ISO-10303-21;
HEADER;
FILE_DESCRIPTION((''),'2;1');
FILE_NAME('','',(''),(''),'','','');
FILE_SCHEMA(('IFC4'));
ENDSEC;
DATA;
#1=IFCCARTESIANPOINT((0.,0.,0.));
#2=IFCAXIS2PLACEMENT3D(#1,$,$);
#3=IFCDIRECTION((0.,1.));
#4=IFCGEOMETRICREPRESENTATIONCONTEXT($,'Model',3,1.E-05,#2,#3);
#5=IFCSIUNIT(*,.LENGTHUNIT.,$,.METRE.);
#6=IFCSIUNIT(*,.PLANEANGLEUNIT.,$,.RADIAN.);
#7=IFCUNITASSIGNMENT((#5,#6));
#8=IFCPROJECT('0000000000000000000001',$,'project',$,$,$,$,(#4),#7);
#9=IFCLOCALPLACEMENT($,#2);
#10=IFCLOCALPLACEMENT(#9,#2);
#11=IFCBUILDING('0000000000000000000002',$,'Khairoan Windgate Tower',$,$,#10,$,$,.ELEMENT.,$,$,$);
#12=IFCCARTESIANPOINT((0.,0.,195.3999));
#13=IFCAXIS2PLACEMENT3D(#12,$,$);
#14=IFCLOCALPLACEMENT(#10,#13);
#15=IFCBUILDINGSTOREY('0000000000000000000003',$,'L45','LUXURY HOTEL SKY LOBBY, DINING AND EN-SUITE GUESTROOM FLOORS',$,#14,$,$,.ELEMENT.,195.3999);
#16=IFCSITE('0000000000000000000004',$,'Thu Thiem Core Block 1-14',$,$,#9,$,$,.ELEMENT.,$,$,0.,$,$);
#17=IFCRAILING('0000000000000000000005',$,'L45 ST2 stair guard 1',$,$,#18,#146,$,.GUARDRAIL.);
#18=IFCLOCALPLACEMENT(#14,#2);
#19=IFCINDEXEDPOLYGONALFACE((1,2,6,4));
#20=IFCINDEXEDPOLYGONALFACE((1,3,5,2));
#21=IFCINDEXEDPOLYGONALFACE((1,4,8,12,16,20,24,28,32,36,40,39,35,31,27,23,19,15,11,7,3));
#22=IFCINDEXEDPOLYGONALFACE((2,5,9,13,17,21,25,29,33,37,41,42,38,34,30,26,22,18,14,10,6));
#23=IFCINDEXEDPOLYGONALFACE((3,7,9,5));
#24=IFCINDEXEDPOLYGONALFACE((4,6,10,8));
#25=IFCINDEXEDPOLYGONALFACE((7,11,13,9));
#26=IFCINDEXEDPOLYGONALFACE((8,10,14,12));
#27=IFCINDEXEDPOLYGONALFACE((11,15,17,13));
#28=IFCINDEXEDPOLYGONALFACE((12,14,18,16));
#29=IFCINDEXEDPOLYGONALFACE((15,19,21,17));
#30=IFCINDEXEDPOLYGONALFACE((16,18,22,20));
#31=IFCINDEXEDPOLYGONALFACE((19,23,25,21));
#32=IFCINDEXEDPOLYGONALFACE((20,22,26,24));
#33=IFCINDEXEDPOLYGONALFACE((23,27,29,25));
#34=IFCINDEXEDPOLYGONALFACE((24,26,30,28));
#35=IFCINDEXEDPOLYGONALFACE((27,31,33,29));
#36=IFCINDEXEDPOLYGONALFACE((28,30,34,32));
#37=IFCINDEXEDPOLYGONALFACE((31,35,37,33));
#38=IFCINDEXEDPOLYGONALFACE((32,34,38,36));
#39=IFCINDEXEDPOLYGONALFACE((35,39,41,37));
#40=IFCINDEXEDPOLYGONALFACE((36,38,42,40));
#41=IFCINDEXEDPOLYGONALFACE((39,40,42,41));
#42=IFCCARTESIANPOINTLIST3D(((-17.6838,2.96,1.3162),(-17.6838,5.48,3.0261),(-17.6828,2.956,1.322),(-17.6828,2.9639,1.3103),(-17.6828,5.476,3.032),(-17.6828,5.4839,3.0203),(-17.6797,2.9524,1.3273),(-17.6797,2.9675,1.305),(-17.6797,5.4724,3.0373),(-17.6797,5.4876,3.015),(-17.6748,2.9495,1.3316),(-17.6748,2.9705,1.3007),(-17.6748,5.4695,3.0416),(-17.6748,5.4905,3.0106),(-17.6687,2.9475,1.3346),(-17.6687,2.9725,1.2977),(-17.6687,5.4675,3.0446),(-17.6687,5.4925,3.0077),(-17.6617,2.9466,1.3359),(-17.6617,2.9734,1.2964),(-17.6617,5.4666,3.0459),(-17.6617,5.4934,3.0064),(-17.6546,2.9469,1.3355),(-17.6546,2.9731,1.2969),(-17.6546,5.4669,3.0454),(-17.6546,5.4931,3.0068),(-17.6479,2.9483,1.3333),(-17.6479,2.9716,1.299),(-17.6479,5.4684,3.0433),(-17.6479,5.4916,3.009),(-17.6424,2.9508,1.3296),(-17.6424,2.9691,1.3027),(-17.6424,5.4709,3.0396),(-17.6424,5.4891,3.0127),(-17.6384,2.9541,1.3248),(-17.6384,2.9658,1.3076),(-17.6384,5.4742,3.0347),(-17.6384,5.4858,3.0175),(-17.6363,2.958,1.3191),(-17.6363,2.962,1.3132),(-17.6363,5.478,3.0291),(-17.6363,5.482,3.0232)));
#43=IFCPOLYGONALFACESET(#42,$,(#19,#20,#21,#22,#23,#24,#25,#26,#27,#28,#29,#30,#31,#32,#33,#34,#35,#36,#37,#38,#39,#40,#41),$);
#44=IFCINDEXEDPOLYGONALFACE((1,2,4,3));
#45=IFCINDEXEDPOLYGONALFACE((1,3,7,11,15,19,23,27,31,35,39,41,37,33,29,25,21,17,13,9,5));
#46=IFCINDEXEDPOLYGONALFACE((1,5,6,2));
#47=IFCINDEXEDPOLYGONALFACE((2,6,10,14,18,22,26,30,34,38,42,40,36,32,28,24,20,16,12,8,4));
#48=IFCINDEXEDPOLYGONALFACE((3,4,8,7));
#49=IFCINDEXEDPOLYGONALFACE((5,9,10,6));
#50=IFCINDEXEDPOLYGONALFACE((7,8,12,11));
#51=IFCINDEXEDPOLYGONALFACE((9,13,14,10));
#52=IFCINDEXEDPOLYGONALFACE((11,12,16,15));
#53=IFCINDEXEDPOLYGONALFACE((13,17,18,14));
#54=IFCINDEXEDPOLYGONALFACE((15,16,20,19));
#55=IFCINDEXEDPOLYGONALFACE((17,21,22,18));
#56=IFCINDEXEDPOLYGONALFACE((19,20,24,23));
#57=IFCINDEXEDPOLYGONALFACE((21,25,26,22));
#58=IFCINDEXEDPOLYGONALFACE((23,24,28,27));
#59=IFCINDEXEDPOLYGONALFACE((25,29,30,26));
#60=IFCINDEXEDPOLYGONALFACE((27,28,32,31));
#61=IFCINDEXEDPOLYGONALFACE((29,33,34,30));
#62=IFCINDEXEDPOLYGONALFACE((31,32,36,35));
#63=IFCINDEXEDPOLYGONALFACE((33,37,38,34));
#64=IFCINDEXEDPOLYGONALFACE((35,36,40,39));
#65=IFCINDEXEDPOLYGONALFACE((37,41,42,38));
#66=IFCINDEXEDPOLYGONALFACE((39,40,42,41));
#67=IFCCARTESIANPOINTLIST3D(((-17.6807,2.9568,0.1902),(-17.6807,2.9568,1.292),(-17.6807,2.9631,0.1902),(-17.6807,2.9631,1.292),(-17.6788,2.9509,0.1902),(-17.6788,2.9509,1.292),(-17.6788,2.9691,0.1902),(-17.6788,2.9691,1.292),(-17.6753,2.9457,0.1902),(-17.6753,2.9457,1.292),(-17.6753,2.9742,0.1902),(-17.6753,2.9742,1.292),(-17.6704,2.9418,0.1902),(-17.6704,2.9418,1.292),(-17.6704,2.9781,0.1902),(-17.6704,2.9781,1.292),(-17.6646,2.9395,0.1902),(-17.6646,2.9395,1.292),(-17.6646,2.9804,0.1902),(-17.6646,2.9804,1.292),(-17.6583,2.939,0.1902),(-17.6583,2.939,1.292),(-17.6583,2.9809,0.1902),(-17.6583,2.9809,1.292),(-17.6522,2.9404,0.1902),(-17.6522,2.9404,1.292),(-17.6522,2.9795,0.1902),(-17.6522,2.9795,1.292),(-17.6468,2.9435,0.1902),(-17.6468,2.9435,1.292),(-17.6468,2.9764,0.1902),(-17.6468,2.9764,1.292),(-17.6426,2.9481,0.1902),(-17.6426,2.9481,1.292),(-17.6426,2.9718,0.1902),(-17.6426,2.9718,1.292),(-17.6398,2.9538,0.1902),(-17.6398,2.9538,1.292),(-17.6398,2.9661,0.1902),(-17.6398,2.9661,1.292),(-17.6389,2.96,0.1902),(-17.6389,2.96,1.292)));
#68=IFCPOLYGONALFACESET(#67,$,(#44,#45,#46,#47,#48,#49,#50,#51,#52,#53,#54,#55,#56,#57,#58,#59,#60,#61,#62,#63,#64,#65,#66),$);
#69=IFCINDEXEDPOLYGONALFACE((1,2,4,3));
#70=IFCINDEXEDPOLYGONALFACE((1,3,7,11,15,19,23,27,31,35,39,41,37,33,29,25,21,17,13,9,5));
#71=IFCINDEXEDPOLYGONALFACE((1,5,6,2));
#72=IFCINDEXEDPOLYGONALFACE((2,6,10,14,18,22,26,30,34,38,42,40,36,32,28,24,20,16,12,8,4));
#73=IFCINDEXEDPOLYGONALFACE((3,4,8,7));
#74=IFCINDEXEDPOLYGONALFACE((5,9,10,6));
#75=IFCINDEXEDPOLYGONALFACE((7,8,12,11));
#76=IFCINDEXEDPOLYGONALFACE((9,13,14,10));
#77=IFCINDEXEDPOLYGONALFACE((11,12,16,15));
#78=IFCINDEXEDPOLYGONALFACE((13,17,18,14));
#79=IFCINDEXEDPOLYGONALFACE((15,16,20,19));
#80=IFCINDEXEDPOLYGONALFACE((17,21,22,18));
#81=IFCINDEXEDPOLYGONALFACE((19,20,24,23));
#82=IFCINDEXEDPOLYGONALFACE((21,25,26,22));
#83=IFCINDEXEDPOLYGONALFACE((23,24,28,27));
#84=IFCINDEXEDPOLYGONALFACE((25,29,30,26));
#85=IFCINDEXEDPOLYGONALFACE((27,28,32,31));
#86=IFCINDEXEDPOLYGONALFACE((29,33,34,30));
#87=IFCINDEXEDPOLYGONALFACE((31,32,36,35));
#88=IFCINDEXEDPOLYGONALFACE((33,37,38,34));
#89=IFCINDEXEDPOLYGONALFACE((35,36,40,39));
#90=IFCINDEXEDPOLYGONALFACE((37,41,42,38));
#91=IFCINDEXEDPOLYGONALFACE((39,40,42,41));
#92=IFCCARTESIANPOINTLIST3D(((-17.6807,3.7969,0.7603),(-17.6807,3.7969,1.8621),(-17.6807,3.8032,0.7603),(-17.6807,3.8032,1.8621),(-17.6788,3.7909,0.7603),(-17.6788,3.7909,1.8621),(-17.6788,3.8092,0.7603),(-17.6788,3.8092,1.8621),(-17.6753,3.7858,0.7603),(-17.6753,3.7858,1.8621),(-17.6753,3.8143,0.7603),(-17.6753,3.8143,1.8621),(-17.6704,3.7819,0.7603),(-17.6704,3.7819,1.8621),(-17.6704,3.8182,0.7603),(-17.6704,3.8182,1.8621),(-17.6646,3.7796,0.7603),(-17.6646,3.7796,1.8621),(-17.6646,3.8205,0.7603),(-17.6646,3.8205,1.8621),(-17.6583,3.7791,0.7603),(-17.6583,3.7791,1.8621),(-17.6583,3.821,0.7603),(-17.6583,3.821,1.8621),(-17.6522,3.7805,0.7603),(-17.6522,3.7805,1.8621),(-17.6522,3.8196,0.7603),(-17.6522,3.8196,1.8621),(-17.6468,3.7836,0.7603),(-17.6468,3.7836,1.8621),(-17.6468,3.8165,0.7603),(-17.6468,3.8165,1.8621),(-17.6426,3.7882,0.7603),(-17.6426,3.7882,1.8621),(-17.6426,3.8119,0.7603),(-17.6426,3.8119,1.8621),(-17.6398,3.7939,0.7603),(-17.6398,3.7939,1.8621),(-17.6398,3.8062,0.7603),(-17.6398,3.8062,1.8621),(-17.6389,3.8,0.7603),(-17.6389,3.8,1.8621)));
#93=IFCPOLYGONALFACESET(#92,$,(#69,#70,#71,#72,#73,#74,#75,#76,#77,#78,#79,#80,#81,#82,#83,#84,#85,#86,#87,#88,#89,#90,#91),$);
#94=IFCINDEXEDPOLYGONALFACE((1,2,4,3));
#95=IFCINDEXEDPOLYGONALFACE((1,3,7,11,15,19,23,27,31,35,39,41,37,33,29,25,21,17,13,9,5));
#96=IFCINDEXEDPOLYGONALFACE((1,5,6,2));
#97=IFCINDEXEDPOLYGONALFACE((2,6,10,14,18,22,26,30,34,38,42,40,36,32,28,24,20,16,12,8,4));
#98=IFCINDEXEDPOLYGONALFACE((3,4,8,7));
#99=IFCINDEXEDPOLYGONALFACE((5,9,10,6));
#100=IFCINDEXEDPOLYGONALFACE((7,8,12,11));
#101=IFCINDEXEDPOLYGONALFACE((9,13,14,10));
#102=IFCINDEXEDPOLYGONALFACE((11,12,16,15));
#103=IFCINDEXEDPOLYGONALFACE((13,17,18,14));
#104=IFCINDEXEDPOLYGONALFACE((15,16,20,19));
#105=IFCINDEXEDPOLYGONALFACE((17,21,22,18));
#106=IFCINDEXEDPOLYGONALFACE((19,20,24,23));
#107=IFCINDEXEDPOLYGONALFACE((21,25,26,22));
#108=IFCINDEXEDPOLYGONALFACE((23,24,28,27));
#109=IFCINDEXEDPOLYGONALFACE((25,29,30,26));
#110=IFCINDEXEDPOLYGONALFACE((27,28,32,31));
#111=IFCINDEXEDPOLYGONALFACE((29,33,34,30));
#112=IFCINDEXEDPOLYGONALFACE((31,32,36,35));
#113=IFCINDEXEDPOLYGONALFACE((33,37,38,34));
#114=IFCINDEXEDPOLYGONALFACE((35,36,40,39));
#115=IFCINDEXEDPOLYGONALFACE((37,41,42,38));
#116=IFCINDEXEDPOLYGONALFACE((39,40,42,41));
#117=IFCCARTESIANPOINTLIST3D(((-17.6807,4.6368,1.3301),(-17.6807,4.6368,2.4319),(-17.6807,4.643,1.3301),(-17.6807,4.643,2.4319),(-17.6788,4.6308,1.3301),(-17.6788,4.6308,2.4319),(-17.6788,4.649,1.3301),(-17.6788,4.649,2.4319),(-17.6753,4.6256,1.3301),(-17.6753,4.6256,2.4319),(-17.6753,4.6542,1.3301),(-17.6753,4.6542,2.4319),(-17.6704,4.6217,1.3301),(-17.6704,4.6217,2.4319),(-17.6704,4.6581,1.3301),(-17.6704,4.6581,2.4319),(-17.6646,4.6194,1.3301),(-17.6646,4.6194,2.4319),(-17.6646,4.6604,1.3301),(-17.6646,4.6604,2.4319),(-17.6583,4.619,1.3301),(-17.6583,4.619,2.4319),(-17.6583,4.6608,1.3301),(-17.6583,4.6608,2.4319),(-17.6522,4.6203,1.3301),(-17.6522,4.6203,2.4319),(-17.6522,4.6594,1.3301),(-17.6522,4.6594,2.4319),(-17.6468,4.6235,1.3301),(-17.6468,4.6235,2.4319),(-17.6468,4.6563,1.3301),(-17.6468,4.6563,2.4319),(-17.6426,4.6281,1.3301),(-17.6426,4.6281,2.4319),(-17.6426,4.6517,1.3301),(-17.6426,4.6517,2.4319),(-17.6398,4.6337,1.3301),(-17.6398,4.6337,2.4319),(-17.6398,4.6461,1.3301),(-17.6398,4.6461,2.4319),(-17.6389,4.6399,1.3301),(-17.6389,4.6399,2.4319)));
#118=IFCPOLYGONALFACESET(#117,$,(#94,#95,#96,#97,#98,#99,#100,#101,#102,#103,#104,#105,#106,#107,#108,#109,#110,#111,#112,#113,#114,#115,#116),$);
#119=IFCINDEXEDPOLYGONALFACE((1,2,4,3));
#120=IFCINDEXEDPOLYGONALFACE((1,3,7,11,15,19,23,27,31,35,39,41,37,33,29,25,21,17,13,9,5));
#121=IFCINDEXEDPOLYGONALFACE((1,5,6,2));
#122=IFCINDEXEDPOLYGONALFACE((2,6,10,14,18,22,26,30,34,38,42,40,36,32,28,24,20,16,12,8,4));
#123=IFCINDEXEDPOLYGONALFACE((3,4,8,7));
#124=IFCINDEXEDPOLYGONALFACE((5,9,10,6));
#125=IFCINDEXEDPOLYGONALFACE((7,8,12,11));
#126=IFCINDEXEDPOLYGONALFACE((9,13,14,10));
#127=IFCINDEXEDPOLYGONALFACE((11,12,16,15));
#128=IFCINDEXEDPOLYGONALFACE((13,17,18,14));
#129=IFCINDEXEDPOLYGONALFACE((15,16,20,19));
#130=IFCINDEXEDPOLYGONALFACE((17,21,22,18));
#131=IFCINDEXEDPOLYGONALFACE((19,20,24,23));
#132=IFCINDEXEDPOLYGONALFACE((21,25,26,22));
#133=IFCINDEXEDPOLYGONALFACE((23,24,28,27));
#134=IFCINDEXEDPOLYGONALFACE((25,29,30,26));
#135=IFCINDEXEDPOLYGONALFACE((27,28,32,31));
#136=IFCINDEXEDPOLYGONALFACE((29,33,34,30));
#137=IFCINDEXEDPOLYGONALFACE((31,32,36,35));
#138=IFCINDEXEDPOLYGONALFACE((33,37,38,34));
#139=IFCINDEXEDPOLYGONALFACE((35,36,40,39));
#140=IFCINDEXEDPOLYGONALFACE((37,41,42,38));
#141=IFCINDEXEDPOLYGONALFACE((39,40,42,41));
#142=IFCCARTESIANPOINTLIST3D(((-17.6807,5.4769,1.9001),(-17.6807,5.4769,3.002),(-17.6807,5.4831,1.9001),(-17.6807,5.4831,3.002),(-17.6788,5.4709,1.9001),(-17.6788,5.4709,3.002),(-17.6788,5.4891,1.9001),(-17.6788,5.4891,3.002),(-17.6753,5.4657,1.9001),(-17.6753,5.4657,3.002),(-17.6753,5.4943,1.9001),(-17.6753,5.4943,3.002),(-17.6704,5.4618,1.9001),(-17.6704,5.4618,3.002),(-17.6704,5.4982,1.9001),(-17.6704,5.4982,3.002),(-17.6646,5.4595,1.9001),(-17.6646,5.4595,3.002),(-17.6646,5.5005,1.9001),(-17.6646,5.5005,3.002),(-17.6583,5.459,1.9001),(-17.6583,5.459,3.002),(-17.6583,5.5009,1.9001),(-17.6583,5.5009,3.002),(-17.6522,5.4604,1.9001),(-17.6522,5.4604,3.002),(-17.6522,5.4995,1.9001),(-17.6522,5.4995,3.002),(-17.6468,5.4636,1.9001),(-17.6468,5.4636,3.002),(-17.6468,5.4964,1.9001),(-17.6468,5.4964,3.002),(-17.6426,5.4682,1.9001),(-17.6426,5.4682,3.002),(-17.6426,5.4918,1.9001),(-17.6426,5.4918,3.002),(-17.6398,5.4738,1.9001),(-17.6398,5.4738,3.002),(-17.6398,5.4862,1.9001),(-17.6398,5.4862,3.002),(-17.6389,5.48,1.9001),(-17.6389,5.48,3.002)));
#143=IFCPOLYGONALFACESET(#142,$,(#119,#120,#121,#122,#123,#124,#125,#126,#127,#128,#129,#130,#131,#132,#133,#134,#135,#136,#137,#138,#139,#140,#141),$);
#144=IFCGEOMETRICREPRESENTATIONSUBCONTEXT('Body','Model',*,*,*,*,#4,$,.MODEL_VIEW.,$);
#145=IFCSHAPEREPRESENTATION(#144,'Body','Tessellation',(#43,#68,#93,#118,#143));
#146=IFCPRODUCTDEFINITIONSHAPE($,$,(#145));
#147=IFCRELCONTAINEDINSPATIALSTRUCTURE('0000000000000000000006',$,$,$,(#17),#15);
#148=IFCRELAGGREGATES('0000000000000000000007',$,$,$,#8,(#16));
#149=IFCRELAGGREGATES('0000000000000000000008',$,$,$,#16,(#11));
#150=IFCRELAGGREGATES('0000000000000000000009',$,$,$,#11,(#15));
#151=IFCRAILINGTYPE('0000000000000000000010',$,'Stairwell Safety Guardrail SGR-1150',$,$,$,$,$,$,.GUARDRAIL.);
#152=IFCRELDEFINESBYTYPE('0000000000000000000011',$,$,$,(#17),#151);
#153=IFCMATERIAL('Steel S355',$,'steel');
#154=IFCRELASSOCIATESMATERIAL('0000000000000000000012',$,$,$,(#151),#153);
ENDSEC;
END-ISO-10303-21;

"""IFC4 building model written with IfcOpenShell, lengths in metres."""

from ifc_helpers import new_model, si_unit, direction, frame, origin, origin_2d, place, context, subcontext, project, spatial, circle, extrude, material, type_object, element, save


model = new_model("IFC4")

# Units and contexts
model_context = context("Model", 3, precision=1e-05, world=origin(), true_north=direction((0.0, 1.0)))
body_context = subcontext(model_context, "Body", "Model", "MODEL_VIEW")
ifc_project = project(units=[si_unit("LENGTHUNIT", "METRE"), si_unit("PLANEANGLEUNIT", "RADIAN")], contexts=[model_context])

# Site, building, storey
site_placement = place(None, origin())
site = spatial("IfcSite", under=ifc_project, at=site_placement, Name="Thu Thiem Core Block 1-14", CompositionType="ELEMENT", RefElevation=0.0)
building_placement = place(site_placement, origin())
building = spatial("IfcBuilding", under=site, at=building_placement, Name="Khairoan Windgate Tower", CompositionType="ELEMENT")
storey_placement = place(building_placement, frame((0.0, 0.0, 195.3999)))
storey = spatial("IfcBuildingStorey", under=building, at=storey_placement, Name="L45", Description="LUXURY HOTEL SKY LOBBY, DINING AND EN-SUITE GUESTROOM FLOORS", CompositionType="ELEMENT", Elevation=195.3999)

# Railing
ifc_material_1 = material(Name="Steel S355", Category="steel")
railing_type_1 = type_object("IfcRailingType", Name="Stairwell Safety Guardrail SGR-1150", PredefinedType="GUARDRAIL", material=ifc_material_1)
railing_1_placement = place(storey_placement, frame((-17.6599, 2.96, 0.1902)))
element("IfcRailing", 1, at=railing_1_placement, inside=storey, type_object=railing_type_1, Name="L45 ST2 stair guard 1", PredefinedType="GUARDRAIL", context=body_context, shape_type="SweptSolid", body=[
    extrude(circle(Radius=0.0239, at=origin_2d()), frame((0.0, 0.0, 1.126), z_axis=(0.0, 0.827484, 0.56149), x_axis=(-1.0, 0.0, 0.0)), (0.0, 0.0, 1.0), 3.0454),
    extrude(circle(Radius=0.021, at=origin_2d()), origin(), (0.0, 0.0, 1.0), 1.1018),
    extrude(circle(Radius=0.021, at=origin_2d()), frame((0.0, 0.8401, 0.5701)), (0.0, 0.0, 1.0), 1.1018),
    extrude(circle(Radius=0.021, at=origin_2d()), frame((0.0, 1.6799, 1.1399)), (0.0, 0.0, 1.0), 1.1018),
    extrude(circle(Radius=0.021, at=origin_2d()), frame((0.0, 2.52, 1.71)), (0.0, 0.0, 1.0), 1.1018),
])

save(model, "model.ifc")
